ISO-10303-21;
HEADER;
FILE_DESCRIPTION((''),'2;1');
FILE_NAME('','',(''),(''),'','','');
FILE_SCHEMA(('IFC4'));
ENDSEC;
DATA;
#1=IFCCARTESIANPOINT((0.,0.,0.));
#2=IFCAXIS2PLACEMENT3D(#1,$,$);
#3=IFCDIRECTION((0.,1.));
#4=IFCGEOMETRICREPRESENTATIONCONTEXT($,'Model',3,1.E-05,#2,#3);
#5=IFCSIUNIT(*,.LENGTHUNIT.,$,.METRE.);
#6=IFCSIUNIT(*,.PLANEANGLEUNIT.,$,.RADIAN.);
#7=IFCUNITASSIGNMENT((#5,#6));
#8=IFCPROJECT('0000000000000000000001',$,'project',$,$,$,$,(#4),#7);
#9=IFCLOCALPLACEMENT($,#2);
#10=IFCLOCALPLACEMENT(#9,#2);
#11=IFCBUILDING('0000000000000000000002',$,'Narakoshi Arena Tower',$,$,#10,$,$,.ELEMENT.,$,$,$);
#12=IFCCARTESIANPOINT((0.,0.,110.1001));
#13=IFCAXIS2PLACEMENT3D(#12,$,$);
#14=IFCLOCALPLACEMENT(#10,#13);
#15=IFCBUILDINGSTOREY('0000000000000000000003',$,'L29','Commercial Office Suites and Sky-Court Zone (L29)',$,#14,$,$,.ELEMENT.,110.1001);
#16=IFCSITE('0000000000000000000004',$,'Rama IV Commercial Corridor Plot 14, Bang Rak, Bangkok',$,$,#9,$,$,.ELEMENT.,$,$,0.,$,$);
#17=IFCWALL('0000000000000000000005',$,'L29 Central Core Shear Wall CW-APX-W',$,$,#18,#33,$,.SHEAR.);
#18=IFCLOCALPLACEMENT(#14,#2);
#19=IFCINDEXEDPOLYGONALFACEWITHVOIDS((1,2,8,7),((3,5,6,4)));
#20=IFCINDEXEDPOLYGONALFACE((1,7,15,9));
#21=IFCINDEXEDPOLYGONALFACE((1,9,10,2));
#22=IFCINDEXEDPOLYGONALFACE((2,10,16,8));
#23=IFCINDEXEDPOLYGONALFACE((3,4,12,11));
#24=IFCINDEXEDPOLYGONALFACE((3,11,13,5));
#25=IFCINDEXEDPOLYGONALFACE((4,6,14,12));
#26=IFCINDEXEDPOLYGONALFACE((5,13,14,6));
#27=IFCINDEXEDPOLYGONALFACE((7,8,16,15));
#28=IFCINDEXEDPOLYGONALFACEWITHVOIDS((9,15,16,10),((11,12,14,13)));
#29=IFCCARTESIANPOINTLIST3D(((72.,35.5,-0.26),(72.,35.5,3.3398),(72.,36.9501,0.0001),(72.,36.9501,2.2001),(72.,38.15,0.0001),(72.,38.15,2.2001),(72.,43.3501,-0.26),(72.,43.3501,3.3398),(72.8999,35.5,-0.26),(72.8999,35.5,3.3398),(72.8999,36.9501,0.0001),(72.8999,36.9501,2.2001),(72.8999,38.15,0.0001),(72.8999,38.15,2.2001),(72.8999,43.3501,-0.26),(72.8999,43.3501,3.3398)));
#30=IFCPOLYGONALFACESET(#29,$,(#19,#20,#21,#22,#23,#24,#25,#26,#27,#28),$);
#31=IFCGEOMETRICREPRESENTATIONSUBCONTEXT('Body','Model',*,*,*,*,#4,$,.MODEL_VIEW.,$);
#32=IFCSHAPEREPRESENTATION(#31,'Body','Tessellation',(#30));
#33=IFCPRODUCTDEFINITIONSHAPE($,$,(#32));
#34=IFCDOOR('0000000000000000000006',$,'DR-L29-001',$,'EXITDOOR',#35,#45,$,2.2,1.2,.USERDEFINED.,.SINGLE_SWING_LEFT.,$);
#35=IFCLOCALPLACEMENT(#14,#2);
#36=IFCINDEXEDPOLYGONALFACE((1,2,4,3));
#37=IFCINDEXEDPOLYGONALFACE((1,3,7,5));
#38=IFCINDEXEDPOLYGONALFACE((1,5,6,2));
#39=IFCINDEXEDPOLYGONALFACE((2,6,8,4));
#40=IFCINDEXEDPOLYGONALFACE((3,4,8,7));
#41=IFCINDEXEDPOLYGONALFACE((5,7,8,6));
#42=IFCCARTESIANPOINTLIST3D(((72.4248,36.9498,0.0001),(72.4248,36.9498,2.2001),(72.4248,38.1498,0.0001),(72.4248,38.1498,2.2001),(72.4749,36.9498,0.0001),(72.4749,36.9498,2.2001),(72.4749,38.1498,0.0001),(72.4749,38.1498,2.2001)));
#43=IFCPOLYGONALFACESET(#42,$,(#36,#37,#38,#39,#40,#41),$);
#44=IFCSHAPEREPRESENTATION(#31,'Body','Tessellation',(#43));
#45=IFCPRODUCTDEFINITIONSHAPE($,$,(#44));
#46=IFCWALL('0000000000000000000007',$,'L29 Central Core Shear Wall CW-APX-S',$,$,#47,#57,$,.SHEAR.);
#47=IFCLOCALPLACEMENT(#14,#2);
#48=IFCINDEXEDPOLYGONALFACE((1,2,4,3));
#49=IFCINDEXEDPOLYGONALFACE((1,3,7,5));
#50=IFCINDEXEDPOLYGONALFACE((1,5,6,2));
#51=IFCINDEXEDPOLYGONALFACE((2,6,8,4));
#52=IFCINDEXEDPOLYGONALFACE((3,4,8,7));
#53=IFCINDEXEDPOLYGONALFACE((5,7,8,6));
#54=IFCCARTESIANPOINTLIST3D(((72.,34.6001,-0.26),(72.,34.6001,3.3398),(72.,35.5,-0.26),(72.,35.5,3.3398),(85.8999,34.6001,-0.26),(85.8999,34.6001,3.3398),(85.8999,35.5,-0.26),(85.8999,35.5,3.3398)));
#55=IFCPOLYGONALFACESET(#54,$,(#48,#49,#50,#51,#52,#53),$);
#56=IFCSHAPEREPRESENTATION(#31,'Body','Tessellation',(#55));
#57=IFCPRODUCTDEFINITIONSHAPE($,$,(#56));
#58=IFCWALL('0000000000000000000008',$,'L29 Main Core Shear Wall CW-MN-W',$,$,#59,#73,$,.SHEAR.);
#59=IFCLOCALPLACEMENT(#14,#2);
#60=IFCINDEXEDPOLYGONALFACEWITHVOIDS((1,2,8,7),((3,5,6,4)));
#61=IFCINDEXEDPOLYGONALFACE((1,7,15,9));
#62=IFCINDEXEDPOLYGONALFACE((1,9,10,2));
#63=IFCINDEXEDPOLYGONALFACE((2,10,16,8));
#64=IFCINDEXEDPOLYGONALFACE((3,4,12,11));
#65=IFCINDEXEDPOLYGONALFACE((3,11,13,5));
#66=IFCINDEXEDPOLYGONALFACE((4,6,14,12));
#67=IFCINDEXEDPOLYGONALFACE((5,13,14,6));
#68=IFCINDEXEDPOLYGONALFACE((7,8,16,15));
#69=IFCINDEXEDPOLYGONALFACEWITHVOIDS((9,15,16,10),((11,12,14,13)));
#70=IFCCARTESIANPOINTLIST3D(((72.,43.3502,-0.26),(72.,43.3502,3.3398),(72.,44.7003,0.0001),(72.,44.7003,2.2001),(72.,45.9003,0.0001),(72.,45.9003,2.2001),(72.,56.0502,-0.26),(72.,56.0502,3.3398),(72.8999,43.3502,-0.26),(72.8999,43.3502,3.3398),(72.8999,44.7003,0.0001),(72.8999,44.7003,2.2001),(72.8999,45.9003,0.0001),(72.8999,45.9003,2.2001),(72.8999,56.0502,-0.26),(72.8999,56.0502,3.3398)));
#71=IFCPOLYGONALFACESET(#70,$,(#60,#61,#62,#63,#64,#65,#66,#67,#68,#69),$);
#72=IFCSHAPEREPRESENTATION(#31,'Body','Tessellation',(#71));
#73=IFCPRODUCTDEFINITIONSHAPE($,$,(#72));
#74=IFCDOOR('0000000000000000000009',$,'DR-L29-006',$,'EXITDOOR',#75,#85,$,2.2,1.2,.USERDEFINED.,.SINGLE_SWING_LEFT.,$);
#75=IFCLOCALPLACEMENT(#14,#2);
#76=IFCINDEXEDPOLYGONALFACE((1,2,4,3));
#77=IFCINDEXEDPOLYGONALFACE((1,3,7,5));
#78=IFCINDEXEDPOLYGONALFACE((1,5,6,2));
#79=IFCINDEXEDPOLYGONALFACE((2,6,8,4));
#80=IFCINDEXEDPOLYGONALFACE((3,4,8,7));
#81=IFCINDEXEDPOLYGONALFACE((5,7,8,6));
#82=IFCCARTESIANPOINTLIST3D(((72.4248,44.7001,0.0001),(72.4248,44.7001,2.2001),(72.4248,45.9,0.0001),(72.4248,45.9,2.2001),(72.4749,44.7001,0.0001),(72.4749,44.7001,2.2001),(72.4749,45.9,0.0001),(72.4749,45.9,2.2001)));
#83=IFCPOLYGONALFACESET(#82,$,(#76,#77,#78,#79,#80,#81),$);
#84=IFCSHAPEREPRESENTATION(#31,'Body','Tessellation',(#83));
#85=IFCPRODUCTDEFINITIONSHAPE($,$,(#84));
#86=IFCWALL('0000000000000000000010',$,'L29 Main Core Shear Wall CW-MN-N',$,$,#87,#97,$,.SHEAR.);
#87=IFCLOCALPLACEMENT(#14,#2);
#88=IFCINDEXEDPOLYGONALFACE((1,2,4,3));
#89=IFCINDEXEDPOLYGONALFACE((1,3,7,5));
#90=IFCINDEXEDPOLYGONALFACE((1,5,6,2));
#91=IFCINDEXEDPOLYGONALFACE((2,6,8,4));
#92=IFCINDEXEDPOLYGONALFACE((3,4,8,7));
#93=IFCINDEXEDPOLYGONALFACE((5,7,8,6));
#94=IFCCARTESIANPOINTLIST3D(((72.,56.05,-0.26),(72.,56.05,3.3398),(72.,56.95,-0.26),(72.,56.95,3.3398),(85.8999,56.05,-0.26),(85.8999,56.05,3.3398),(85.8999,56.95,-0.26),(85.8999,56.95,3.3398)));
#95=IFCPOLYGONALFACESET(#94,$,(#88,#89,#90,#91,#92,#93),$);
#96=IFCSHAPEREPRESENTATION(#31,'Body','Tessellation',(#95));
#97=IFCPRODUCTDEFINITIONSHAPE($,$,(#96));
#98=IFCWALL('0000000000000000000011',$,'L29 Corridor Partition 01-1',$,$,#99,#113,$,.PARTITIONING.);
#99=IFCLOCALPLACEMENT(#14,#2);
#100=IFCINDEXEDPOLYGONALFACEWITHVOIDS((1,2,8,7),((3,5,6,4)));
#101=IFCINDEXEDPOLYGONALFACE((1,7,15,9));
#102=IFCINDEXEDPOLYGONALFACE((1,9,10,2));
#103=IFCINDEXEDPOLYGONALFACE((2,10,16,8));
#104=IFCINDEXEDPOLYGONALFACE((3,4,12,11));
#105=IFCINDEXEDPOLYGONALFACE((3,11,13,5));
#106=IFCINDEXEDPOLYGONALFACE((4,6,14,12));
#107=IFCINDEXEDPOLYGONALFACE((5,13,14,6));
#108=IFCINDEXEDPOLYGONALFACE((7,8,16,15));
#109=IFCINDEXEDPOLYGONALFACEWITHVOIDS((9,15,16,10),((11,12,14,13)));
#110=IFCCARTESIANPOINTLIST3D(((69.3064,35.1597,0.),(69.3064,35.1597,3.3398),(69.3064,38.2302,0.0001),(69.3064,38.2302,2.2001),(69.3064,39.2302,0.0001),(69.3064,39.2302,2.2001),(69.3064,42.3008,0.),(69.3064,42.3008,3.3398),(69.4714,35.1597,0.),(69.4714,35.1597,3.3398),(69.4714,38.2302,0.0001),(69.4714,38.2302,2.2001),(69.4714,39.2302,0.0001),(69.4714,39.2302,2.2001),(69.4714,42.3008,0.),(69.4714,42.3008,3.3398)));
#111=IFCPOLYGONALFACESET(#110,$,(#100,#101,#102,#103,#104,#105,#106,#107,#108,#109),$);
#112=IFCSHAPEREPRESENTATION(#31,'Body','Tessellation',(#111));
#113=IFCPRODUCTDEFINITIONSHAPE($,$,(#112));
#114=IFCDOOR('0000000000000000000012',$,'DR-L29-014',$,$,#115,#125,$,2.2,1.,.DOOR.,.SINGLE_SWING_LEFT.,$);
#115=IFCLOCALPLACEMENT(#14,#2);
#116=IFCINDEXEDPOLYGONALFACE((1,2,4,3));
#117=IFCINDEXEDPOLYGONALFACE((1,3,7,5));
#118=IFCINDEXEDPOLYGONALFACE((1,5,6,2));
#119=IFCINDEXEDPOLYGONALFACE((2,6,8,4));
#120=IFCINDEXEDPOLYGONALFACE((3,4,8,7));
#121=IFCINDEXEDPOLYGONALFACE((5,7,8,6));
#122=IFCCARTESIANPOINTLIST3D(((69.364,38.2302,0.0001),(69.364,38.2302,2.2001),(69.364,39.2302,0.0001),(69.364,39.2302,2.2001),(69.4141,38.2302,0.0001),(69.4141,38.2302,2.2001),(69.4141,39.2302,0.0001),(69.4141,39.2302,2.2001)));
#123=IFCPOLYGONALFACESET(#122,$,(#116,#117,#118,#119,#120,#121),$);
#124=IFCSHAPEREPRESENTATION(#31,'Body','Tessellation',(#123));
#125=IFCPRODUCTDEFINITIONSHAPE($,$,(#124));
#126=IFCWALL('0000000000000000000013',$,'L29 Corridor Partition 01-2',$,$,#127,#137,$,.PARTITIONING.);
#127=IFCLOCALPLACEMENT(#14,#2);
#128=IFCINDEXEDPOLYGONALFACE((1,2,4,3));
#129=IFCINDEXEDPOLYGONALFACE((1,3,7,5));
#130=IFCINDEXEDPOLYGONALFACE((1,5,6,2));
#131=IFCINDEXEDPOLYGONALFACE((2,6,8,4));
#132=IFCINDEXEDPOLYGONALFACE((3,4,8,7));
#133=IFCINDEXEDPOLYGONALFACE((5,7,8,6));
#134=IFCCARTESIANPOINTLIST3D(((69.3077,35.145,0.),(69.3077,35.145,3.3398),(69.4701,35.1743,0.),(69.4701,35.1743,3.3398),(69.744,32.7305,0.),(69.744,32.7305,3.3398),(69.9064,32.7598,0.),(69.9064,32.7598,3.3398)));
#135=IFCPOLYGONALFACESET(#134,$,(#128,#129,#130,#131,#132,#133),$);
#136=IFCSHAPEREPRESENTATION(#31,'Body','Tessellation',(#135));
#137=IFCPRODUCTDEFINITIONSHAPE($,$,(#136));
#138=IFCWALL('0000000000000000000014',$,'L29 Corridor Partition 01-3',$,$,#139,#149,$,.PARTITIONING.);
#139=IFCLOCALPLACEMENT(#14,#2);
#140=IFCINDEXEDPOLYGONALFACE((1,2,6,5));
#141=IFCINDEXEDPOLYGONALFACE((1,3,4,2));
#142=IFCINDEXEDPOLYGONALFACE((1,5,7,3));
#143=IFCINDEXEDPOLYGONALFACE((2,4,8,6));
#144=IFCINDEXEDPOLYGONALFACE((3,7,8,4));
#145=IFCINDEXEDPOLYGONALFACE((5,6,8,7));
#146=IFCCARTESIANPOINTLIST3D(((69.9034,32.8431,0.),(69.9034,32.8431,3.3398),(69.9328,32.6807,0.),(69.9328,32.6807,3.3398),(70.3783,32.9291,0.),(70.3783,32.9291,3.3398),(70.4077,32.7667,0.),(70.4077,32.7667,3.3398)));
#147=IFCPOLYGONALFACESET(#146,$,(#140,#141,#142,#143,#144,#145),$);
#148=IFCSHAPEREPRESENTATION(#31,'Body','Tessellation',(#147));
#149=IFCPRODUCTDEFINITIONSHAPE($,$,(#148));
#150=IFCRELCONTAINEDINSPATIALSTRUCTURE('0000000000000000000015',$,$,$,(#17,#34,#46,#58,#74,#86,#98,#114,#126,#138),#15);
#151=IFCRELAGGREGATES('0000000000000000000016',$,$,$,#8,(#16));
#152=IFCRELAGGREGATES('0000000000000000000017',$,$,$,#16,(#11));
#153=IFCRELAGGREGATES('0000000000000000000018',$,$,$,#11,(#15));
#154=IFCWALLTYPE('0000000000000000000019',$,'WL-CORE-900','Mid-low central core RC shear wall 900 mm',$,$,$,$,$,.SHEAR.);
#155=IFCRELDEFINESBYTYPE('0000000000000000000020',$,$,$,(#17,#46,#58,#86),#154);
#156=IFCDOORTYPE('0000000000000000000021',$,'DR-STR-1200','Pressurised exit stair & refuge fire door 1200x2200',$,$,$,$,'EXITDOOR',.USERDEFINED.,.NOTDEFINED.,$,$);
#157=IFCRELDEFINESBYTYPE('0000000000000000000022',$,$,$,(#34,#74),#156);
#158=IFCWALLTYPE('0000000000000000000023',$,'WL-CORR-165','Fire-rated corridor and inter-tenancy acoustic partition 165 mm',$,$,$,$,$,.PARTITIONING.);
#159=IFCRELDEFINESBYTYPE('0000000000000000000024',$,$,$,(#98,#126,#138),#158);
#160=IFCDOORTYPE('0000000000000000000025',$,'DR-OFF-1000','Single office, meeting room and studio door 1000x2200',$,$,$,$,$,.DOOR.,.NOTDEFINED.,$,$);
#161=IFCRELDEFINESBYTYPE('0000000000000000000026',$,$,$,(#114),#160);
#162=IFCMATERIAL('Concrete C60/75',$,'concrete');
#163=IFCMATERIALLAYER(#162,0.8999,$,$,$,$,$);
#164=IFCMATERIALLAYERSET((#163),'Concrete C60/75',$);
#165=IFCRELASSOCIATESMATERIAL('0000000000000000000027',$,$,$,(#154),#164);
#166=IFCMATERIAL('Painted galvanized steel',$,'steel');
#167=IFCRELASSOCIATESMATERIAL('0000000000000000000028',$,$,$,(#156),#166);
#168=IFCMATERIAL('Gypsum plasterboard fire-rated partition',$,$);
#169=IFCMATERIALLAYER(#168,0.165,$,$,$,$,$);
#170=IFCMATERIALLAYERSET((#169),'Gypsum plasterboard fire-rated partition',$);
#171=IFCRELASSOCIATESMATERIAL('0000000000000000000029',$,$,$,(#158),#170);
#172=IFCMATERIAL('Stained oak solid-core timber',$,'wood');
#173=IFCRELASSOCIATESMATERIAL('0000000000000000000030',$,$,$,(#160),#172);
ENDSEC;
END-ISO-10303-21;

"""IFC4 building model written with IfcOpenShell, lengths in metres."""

from ifc_helpers import new_model, si_unit, direction, frame, frame_2d, origin, place, context, subcontext, project, spatial, rectangle, extrude, material, layer, layer_set, type_object, element, fill, save


model = new_model("IFC4")

# Units and contexts
model_context = context("Model", 3, precision=1e-05, world=origin(), true_north=direction((0.0, 1.0)))
body_context = subcontext(model_context, "Body", "Model", "MODEL_VIEW")
ifc_project = project(units=[si_unit("LENGTHUNIT", "METRE"), si_unit("PLANEANGLEUNIT", "RADIAN")], contexts=[model_context])

# Site, building, storey
site_placement = place(None, origin())
site = spatial("IfcSite", under=ifc_project, at=site_placement, Name="Rama IV Commercial Corridor Plot 14, Bang Rak, Bangkok", CompositionType="ELEMENT", RefElevation=0.0)
building_placement = place(site_placement, origin())
building = spatial("IfcBuilding", under=site, at=building_placement, Name="Narakoshi Arena Tower", CompositionType="ELEMENT")
storey_placement = place(building_placement, frame((0.0, 0.0, 110.1001)))
storey = spatial("IfcBuildingStorey", under=building, at=storey_placement, Name="L29", Description="Commercial Office Suites and Sky-Court Zone (L29)", CompositionType="ELEMENT", Elevation=110.1001)

# Shared definitions
ifc_material_1 = material(Name="Concrete C60/75", Category="concrete")

# Wall, opening, door
ifc_layer_1 = layer(ifc_material_1, 0.8999)
ifc_layer_set_1 = layer_set([ifc_layer_1], Name="Concrete C60/75")
wall_type_1 = type_object("IfcWallType", Name="WL-CORE-900", Description="Mid-low central core RC shear wall 900 mm", PredefinedType="SHEAR", material=ifc_layer_set_1)
wall_1_placement = place(storey_placement, frame((72.45, 35.5, -0.26), z_axis=(0.0, 0.0, 1.0), x_axis=(0.0, 1.0, 0.0)))
wall_1 = element("IfcWall", 1, at=wall_1_placement, inside=storey, type_object=wall_type_1, Name="L29 Central Core Shear Wall CW-APX-W", PredefinedType="SHEAR", context=body_context, shape_type="SweptSolid", body=[
    extrude(rectangle(XDim=7.8501, YDim=0.8999, at=frame_2d((3.925, 0.0))), origin(), (0.0, 0.0, 1.0), 3.5999),
])
opening_1_placement = place(wall_1_placement, frame((1.45, 0.0, 0.26)))
opening_1 = element("IfcOpeningElement", 2, at=opening_1_placement, cuts=wall_1, PredefinedType="OPENING", context=body_context, shape_type="SweptSolid", body=[
    extrude(rectangle(XDim=1.2, YDim=2.2, at=frame_2d((0.6001, 1.1001))), frame((0.0, 0.46, 0.0), z_axis=(0.0, -1.0, 0.0), x_axis=(1.0, 0.0, 0.0)), (0.0, 0.0, 1.0), 0.9199),
])
ifc_material_2 = material(Name="Painted galvanized steel", Category="steel")
door_type_1 = type_object("IfcDoorType", Name="DR-STR-1200", Description="Pressurised exit stair & refuge fire door 1200x2200", ElementType="EXITDOOR", OperationType="NOTDEFINED", PredefinedType="USERDEFINED", material=ifc_material_2)
door_1_placement = place(opening_1_placement, frame((1.2, 0.0, 0.0), z_axis=(0.0, 0.0, 1.0), x_axis=(-1.0, 0.0, 0.0)))
door_1 = element("IfcDoor", 3, at=door_1_placement, inside=storey, type_object=door_type_1, Name="DR-L29-001", ObjectType="EXITDOOR", OperationType="SINGLE_SWING_LEFT", OverallHeight=2.2, OverallWidth=1.2, PredefinedType="USERDEFINED", context=body_context, shape_type="SweptSolid", body=[
    extrude(rectangle(XDim=1.2, YDim=2.2, at=frame_2d((0.6001, 1.1001))), frame((0.0, 0.0249, 0.0), z_axis=(0.0, -1.0, 0.0), x_axis=(1.0, 0.0, 0.0)), (0.0, 0.0, 1.0), 0.05),
])
fill(opening_1, door_1)

# Wall
wall_2_placement = place(storey_placement, frame((72.0, 35.05, -0.26), z_axis=(0.0, 0.0, 1.0), x_axis=(1.0, 0.0, 0.0)))
element("IfcWall", 4, at=wall_2_placement, inside=storey, type_object=wall_type_1, Name="L29 Central Core Shear Wall CW-APX-S", PredefinedType="SHEAR", context=body_context, shape_type="SweptSolid", body=[
    extrude(rectangle(XDim=13.8999, YDim=0.8999, at=frame_2d((6.95, 0.0))), origin(), (0.0, 0.0, 1.0), 3.5999),
])

# Wall, opening, door
wall_3_placement = place(storey_placement, frame((72.45, 43.3501, -0.26), z_axis=(0.0, 0.0, 1.0), x_axis=(0.0, 1.0, 0.0)))
wall_3 = element("IfcWall", 5, at=wall_3_placement, inside=storey, type_object=wall_type_1, Name="L29 Main Core Shear Wall CW-MN-W", PredefinedType="SHEAR", context=body_context, shape_type="SweptSolid", body=[
    extrude(rectangle(XDim=12.7, YDim=0.8999, at=frame_2d((6.3501, 0.0))), origin(), (0.0, 0.0, 1.0), 3.5999),
])
opening_2_placement = place(wall_3_placement, frame((1.3501, 0.0, 0.26)))
opening_2 = element("IfcOpeningElement", 6, at=opening_2_placement, cuts=wall_3, PredefinedType="OPENING", context=body_context, shape_type="SweptSolid", body=[
    extrude(rectangle(XDim=1.2, YDim=2.2, at=frame_2d((0.6001, 1.1001))), frame((0.0, 0.46, 0.0), z_axis=(0.0, -1.0, 0.0), x_axis=(1.0, 0.0, 0.0)), (0.0, 0.0, 1.0), 0.9199),
])
door_2_placement = place(opening_2_placement, frame((1.2, 0.0, 0.0), z_axis=(0.0, 0.0, 1.0), x_axis=(-1.0, 0.0, 0.0)))
door_2 = element("IfcDoor", 7, at=door_2_placement, inside=storey, type_object=door_type_1, Name="DR-L29-006", ObjectType="EXITDOOR", OperationType="SINGLE_SWING_LEFT", OverallHeight=2.2, OverallWidth=1.2, PredefinedType="USERDEFINED", context=body_context, shape_type="SweptSolid", body=[
    extrude(rectangle(XDim=1.2, YDim=2.2, at=frame_2d((0.6001, 1.1001))), frame((0.0, 0.0249, 0.0), z_axis=(0.0, -1.0, 0.0), x_axis=(1.0, 0.0, 0.0)), (0.0, 0.0, 1.0), 0.05),
])
fill(opening_2, door_2)

# Wall
wall_4_placement = place(storey_placement, frame((72.0, 56.5, -0.26), z_axis=(0.0, 0.0, 1.0), x_axis=(1.0, 0.0, 0.0)))
element("IfcWall", 8, at=wall_4_placement, inside=storey, type_object=wall_type_1, Name="L29 Main Core Shear Wall CW-MN-N", PredefinedType="SHEAR", context=body_context, shape_type="SweptSolid", body=[
    extrude(rectangle(XDim=13.8999, YDim=0.8999, at=frame_2d((6.95, 0.0))), origin(), (0.0, 0.0, 1.0), 3.5999),
])

# Wall, opening, door
ifc_material_3 = material(Name="Gypsum plasterboard fire-rated partition")
ifc_layer_2 = layer(ifc_material_3, 0.165)
ifc_layer_set_2 = layer_set([ifc_layer_2], Name="Gypsum plasterboard fire-rated partition")
wall_type_2 = type_object("IfcWallType", Name="WL-CORR-165", Description="Fire-rated corridor and inter-tenancy acoustic partition 165 mm", PredefinedType="PARTITIONING", material=ifc_layer_set_2)
wall_5_placement = place(storey_placement, frame((69.3889, 42.3008, 0.0), z_axis=(0.0, 0.0, 1.0), x_axis=(0.0, -1.0, 0.0)))
wall_5 = element("IfcWall", 9, at=wall_5_placement, inside=storey, type_object=wall_type_2, Name="L29 Corridor Partition 01-1", PredefinedType="PARTITIONING", context=body_context, shape_type="SweptSolid", body=[
    extrude(rectangle(XDim=7.1411, YDim=0.165, at=frame_2d((3.5706, 0.0))), origin(), (0.0, 0.0, 1.0), 3.3398),
])
opening_3_placement = place(wall_5_placement, frame((3.0706, 0.0, 0.0)))
opening_3 = element("IfcOpeningElement", 10, at=opening_3_placement, cuts=wall_5, PredefinedType="OPENING", context=body_context, shape_type="SweptSolid", body=[
    extrude(rectangle(XDim=1.0, YDim=2.2, at=frame_2d((0.5, 1.1001))), frame((0.0, 0.0925, 0.0), z_axis=(0.0, -1.0, 0.0), x_axis=(1.0, 0.0, 0.0)), (0.0, 0.0, 1.0), 0.1851),
])
ifc_material_4 = material(Name="Stained oak solid-core timber", Category="wood")
door_type_2 = type_object("IfcDoorType", Name="DR-OFF-1000", Description="Single office, meeting room and studio door 1000x2200", OperationType="NOTDEFINED", PredefinedType="DOOR", material=ifc_material_4)
door_3_placement = place(opening_3_placement, frame((1.0, 0.0, 0.0), z_axis=(0.0, 0.0, 1.0), x_axis=(-1.0, 0.0, 0.0)))
door_3 = element("IfcDoor", 11, at=door_3_placement, inside=storey, type_object=door_type_2, Name="DR-L29-014", OperationType="SINGLE_SWING_LEFT", OverallHeight=2.2, OverallWidth=1.0, PredefinedType="DOOR", context=body_context, shape_type="SweptSolid", body=[
    extrude(rectangle(XDim=1.0, YDim=2.2, at=frame_2d((0.5, 1.1001))), frame((0.0, 0.0249, 0.0), z_axis=(0.0, -1.0, 0.0), x_axis=(1.0, 0.0, 0.0)), (0.0, 0.0, 1.0), 0.05),
])
fill(opening_3, door_3)

# Walls
wall_6_placement = place(storey_placement, frame((69.3889, 35.1597, 0.0), z_axis=(0.0, 0.0, 1.0), x_axis=(0.177808, -0.984065, 0.0)))
element("IfcWall", 12, at=wall_6_placement, inside=storey, type_object=wall_type_2, Name="L29 Corridor Partition 01-2", PredefinedType="PARTITIONING", context=body_context, shape_type="SweptSolid", body=[
    extrude(rectangle(XDim=2.4536, YDim=0.165, at=frame_2d((1.2268, 0.0))), origin(), (0.0, 0.0, 1.0), 3.3398),
])
wall_7_placement = place(storey_placement, frame((69.9182, 32.762, 0.0), z_axis=(0.0, 0.0, 1.0), x_axis=(0.984015, 0.178084, 0.0)))
element("IfcWall", 13, at=wall_7_placement, inside=storey, type_object=wall_type_2, Name="L29 Corridor Partition 01-3", PredefinedType="PARTITIONING", context=body_context, shape_type="SweptSolid", body=[
    extrude(rectangle(XDim=0.4827, YDim=0.165, at=frame_2d((0.2412, 0.0))), origin(), (0.0, 0.0, 1.0), 3.3398),
])

save(model, "model.ifc")
